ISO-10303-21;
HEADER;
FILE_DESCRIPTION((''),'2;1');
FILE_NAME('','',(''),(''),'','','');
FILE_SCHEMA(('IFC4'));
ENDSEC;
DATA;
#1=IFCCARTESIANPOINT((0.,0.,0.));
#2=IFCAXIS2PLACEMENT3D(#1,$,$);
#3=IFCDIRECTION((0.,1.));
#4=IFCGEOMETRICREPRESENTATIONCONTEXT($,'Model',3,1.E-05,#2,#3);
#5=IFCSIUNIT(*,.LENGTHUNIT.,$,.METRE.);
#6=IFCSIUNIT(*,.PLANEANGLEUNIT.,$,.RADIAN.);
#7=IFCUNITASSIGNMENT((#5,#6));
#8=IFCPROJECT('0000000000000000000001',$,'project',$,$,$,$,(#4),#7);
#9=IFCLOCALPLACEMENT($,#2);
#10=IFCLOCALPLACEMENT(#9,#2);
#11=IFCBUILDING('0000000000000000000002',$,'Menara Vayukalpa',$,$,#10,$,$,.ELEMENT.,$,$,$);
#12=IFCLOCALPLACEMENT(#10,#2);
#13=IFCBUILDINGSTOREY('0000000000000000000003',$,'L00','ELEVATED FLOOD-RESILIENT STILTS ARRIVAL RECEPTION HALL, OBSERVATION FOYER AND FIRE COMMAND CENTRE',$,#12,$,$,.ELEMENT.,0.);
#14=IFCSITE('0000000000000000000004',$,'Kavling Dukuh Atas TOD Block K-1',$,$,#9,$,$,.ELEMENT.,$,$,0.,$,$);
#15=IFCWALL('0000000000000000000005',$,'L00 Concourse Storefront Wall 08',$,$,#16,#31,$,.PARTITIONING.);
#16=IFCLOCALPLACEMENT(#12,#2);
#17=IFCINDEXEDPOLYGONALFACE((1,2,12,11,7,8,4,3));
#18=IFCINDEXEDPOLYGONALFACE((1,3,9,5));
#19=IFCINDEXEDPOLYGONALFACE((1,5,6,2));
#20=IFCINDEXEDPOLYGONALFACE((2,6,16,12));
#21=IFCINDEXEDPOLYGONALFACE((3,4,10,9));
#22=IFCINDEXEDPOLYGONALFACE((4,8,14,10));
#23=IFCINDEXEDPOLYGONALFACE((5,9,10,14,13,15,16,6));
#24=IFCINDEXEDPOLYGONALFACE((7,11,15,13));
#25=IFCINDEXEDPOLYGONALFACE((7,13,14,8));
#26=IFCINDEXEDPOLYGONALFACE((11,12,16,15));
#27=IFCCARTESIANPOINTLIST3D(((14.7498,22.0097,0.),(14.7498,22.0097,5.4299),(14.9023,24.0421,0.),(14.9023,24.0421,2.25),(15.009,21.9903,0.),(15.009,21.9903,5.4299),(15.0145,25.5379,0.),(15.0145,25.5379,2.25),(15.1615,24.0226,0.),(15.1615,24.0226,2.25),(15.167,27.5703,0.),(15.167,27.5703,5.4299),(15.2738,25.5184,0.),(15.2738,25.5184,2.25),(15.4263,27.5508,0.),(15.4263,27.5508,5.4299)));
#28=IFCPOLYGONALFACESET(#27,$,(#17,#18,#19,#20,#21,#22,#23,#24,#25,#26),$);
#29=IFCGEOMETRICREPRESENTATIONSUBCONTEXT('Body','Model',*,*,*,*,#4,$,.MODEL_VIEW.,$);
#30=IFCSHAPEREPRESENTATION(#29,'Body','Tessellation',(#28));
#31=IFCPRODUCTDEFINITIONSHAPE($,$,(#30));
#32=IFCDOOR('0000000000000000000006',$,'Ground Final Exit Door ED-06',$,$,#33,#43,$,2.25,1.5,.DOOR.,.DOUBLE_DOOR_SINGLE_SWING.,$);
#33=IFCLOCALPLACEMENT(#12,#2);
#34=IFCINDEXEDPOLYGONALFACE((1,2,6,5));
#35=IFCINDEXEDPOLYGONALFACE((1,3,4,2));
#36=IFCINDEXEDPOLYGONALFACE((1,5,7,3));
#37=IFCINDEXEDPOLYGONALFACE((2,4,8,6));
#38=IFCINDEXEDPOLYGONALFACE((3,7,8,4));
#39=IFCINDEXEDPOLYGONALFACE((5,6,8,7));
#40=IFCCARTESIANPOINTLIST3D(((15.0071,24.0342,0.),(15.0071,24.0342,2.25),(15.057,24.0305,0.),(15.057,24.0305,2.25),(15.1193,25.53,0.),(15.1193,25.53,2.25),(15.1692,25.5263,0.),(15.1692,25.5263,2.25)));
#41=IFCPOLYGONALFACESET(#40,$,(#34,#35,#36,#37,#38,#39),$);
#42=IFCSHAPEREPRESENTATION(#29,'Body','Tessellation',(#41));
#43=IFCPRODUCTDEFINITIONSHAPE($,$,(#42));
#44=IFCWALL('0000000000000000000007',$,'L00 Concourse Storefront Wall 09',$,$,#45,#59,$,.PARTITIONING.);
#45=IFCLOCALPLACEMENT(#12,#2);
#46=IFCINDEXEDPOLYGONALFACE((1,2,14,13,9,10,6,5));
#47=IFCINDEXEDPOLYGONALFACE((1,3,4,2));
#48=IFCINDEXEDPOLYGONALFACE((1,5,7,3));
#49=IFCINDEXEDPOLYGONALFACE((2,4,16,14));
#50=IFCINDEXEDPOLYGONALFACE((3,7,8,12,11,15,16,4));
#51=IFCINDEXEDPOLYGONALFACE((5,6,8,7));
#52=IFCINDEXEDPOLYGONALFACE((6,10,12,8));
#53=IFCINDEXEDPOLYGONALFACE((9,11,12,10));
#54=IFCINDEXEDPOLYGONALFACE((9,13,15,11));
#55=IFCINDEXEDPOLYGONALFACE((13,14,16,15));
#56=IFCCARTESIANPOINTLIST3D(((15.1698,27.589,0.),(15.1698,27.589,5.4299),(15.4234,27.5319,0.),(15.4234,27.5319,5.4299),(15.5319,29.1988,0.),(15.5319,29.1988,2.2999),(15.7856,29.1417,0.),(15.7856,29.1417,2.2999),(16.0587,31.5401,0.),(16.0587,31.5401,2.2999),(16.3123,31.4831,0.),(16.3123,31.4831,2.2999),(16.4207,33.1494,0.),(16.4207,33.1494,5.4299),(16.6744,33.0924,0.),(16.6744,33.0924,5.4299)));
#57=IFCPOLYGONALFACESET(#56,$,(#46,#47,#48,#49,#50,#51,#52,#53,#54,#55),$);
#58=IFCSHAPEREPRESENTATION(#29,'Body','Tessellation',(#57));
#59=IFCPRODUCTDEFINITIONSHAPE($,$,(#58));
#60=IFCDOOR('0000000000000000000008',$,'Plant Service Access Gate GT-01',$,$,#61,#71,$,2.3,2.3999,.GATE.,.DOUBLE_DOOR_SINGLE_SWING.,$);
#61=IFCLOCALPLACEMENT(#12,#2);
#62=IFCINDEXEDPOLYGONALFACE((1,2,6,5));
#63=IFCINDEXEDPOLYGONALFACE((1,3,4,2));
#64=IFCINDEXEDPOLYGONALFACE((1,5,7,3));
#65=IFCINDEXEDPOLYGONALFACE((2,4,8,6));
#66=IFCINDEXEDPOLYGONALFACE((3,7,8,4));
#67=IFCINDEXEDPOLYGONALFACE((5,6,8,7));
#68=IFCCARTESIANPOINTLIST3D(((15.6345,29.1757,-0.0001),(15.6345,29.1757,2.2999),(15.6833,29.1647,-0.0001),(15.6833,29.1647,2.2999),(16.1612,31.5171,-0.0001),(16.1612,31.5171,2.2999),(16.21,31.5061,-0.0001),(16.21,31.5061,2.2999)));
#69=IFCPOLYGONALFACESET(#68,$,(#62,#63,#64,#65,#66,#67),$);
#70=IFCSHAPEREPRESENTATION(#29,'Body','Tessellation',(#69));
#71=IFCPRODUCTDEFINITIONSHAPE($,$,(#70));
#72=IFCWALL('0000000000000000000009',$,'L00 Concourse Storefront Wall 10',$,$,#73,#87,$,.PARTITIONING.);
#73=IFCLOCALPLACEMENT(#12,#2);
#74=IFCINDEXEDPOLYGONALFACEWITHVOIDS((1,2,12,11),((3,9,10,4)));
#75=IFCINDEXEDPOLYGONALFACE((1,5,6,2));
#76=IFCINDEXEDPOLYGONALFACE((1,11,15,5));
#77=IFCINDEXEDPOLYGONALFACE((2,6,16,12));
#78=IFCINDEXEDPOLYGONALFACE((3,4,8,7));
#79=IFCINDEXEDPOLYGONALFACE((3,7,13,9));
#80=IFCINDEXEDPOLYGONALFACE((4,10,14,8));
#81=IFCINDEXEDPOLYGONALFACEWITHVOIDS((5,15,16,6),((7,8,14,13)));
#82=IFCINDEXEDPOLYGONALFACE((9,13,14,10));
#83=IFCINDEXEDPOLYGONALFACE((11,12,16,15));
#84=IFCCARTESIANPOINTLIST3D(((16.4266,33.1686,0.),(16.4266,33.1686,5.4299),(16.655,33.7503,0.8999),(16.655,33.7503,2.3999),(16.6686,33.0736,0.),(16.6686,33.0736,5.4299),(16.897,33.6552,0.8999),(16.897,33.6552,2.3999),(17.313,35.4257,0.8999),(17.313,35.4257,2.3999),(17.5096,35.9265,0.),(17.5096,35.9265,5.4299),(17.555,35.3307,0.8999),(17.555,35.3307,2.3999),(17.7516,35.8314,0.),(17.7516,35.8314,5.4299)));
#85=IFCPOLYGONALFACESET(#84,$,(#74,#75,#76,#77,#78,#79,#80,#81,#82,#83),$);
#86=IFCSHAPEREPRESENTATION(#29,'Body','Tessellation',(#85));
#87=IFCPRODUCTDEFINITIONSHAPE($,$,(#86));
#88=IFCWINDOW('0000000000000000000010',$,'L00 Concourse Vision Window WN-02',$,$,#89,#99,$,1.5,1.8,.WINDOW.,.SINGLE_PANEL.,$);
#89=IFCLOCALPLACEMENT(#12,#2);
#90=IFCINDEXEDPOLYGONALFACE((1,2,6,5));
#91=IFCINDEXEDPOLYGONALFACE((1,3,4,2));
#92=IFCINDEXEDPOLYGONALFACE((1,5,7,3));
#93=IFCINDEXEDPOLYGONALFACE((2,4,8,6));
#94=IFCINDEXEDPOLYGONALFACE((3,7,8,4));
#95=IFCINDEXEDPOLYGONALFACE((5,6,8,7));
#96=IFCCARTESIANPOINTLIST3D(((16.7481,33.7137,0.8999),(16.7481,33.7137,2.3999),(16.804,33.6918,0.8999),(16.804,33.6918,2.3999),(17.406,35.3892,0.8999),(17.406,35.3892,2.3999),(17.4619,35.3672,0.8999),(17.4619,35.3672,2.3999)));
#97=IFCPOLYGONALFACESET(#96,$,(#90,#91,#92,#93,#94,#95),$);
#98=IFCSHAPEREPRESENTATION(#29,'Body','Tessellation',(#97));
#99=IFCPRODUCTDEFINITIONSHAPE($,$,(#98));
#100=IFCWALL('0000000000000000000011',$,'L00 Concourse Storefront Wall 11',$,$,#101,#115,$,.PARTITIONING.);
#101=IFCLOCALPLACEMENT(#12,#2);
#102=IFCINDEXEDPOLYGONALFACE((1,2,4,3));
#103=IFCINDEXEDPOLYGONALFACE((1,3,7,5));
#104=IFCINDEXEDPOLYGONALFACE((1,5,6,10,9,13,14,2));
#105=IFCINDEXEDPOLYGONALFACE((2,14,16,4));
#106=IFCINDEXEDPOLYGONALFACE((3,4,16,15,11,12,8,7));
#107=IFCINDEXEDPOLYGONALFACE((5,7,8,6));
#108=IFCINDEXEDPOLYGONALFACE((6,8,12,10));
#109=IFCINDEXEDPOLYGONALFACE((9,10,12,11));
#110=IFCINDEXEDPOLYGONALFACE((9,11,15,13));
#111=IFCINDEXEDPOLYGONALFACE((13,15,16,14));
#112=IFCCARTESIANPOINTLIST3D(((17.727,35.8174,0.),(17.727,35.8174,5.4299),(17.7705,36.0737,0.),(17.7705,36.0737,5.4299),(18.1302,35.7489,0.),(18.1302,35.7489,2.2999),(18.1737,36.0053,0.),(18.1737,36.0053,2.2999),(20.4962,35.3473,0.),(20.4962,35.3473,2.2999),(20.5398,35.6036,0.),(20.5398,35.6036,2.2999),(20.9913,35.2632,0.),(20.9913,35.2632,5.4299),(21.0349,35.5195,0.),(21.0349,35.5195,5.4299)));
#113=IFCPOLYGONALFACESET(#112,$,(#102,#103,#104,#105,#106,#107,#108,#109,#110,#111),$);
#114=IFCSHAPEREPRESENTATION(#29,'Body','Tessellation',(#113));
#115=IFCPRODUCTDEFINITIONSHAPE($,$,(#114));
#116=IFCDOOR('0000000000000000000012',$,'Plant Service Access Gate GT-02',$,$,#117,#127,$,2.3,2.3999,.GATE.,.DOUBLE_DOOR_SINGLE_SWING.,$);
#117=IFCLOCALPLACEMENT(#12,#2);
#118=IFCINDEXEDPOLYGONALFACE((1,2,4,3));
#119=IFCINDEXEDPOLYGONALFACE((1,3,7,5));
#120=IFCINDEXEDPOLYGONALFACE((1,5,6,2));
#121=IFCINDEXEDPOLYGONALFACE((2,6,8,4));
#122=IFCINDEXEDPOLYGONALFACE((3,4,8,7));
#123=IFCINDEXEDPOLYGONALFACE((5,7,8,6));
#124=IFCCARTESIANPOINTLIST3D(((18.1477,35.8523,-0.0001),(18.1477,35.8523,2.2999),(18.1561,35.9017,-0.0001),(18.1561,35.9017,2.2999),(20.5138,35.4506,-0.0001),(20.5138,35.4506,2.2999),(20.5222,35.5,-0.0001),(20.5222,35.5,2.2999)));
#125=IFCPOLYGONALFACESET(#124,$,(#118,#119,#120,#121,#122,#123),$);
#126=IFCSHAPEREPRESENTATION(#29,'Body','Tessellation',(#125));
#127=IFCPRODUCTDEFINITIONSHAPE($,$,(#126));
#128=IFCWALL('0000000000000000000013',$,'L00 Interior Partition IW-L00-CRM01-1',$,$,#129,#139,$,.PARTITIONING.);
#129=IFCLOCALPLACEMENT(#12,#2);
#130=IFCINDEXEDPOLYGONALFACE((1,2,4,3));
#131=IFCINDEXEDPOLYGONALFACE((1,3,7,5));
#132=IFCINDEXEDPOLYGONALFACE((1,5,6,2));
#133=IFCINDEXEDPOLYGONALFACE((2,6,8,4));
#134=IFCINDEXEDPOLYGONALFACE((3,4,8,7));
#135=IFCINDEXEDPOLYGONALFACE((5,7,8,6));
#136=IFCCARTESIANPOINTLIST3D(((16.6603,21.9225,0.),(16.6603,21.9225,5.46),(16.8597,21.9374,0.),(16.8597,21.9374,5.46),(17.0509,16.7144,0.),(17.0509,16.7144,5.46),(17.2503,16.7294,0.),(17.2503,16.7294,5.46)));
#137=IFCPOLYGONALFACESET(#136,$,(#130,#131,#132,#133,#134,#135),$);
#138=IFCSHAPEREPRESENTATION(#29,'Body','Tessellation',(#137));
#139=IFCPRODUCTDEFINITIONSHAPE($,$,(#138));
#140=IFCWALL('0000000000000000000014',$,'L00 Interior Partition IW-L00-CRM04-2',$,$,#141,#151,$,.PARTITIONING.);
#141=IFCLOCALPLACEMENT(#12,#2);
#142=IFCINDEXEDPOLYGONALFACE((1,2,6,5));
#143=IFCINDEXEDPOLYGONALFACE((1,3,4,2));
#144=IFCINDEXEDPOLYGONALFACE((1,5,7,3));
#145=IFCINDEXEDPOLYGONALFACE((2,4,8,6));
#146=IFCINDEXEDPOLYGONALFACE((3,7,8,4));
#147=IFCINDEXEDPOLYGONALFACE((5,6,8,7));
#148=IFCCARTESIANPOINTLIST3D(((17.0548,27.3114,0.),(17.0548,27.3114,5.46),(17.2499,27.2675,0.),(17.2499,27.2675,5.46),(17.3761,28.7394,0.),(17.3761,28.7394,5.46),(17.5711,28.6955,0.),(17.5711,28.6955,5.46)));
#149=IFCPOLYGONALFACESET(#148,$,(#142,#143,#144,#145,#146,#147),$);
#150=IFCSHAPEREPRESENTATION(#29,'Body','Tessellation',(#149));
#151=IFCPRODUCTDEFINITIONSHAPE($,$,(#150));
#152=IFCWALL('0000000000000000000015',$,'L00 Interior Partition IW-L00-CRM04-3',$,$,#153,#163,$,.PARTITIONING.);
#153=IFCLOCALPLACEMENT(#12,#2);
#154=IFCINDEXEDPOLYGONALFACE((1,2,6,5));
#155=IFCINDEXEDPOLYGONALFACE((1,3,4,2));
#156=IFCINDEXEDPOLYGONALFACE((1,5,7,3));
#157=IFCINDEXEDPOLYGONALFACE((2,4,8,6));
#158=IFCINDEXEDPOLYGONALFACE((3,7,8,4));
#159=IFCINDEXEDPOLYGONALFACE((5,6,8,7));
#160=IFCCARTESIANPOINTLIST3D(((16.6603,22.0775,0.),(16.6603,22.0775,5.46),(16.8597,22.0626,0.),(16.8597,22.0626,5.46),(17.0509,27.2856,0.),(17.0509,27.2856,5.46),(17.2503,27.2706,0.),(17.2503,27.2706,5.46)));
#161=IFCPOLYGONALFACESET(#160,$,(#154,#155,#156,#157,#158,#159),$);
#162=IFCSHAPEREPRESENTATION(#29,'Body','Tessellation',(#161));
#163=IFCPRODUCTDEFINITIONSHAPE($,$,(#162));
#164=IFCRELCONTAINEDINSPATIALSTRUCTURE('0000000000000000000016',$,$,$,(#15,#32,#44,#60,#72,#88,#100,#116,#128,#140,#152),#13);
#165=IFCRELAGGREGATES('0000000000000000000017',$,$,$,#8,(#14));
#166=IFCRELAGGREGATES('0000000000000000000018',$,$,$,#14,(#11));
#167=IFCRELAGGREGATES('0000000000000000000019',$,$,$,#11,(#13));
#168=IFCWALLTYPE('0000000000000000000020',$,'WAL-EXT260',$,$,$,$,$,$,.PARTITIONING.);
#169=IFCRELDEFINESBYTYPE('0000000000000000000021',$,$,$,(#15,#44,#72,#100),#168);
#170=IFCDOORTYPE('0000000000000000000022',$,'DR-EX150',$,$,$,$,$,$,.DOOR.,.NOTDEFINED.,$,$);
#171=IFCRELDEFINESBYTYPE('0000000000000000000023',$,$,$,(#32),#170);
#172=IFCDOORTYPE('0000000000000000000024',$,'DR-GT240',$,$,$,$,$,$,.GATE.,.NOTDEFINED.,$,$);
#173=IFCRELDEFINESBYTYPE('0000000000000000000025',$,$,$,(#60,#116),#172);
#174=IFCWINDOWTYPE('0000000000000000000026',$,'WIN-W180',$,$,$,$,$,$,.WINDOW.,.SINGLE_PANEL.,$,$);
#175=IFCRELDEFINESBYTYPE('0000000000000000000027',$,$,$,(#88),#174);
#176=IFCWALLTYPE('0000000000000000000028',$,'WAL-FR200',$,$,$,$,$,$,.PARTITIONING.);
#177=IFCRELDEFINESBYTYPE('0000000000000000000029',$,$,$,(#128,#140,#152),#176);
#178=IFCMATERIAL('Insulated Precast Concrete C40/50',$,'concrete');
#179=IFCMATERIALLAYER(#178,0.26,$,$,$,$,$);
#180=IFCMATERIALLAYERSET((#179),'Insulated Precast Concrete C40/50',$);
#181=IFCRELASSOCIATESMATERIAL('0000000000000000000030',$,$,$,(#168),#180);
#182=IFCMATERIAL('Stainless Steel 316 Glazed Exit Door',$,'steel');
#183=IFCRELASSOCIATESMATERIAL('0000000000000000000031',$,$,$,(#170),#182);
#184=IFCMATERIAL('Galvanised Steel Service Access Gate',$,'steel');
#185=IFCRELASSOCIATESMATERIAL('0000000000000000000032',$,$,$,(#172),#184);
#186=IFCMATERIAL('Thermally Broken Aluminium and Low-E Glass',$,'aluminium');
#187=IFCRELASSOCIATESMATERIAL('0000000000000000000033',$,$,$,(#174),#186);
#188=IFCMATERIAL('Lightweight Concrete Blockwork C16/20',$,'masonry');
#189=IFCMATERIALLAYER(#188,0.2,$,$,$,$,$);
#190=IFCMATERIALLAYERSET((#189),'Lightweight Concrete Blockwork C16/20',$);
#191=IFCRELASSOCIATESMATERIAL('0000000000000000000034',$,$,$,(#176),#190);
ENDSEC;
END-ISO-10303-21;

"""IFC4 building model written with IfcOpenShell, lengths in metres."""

from ifc_helpers import new_model, si_unit, direction, frame, frame_2d, origin, place, context, subcontext, project, spatial, rectangle, extrude, material, layer, layer_set, type_object, element, fill, save


model = new_model("IFC4")

# Units and contexts
model_context = context("Model", 3, precision=1e-05, world=origin(), true_north=direction((0.0, 1.0)))
body_context = subcontext(model_context, "Body", "Model", "MODEL_VIEW")
ifc_project = project(units=[si_unit("LENGTHUNIT", "METRE"), si_unit("PLANEANGLEUNIT", "RADIAN")], contexts=[model_context])

# Site, building, storey
site_placement = place(None, origin())
site = spatial("IfcSite", under=ifc_project, at=site_placement, Name="Kavling Dukuh Atas TOD Block K-1", CompositionType="ELEMENT", RefElevation=0.0)
building_placement = place(site_placement, origin())
building = spatial("IfcBuilding", under=site, at=building_placement, Name="Menara Vayukalpa", CompositionType="ELEMENT")
storey_placement = place(building_placement, origin())
storey = spatial("IfcBuildingStorey", under=building, at=storey_placement, Name="L00", Description="ELEVATED FLOOD-RESILIENT STILTS ARRIVAL RECEPTION HALL, OBSERVATION FOYER AND FIRE COMMAND CENTRE", CompositionType="ELEMENT", Elevation=0.0)

# Walls, openings, doors
ifc_material_1 = material(Name="Insulated Precast Concrete C40/50", Category="concrete")
ifc_layer_1 = layer(ifc_material_1, 0.26)
ifc_layer_set_1 = layer_set([ifc_layer_1], Name="Insulated Precast Concrete C40/50")
wall_type_1 = type_object("IfcWallType", Name="WAL-EXT260", PredefinedType="PARTITIONING", material=ifc_layer_set_1)
wall_1_placement = place(storey_placement, frame((14.8794, 22.0, 0.0), z_axis=(0.0, 0.0, 1.0), x_axis=(0.074825, 0.997197, 0.0)))
wall_1 = element("IfcWall", 1, at=wall_1_placement, inside=storey, type_object=wall_type_1, Name="L00 Concourse Storefront Wall 08", PredefinedType="PARTITIONING", context=body_context, shape_type="SweptSolid", body=[
    extrude(rectangle(XDim=5.5762, YDim=0.26, at=frame_2d((2.7881, 0.0))), origin(), (0.0, 0.0, 1.0), 5.4299),
])
opening_1_placement = place(wall_1_placement, frame((2.0381, 0.0, 0.0)))
opening_1 = element("IfcOpeningElement", 2, at=opening_1_placement, cuts=wall_1, PredefinedType="OPENING", context=body_context, shape_type="SweptSolid", body=[
    extrude(rectangle(XDim=1.5, YDim=2.25, at=frame_2d((0.75, 1.125))), frame((0.0, 0.1399, 0.0), z_axis=(0.0, -1.0, 0.0), x_axis=(1.0, 0.0, 0.0)), (0.0, 0.0, 1.0), 0.28),
])
ifc_material_2 = material(Name="Stainless Steel 316 Glazed Exit Door", Category="steel")
door_type_1 = type_object("IfcDoorType", Name="DR-EX150", OperationType="NOTDEFINED", PredefinedType="DOOR", material=ifc_material_2)
door_1_placement = place(opening_1_placement, origin())
door_1 = element("IfcDoor", 3, at=door_1_placement, inside=storey, type_object=door_type_1, Name="Ground Final Exit Door ED-06", OperationType="DOUBLE_DOOR_SINGLE_SWING", OverallHeight=2.25, OverallWidth=1.5, PredefinedType="DOOR", context=body_context, shape_type="SweptSolid", body=[
    extrude(rectangle(XDim=1.5, YDim=2.25, at=frame_2d((0.75, 1.125))), frame((0.0, 0.0249, 0.0), z_axis=(0.0, -1.0, 0.0), x_axis=(1.0, 0.0, 0.0)), (0.0, 0.0, 1.0), 0.05),
])
fill(opening_1, door_1)
wall_2_placement = place(storey_placement, frame((15.2966, 27.5605, 0.0), z_axis=(0.0, 0.0, 1.0), x_axis=(0.219488, 0.975615, 0.0)))
wall_2 = element("IfcWall", 4, at=wall_2_placement, inside=storey, type_object=wall_type_1, Name="L00 Concourse Storefront Wall 09", PredefinedType="PARTITIONING", context=body_context, shape_type="SweptSolid", body=[
    extrude(rectangle(XDim=5.6995, YDim=0.26, at=frame_2d((2.8496, 0.0))), origin(), (0.0, 0.0, 1.0), 5.4299),
])
opening_2_placement = place(wall_2_placement, frame((1.6499, 0.0, 0.0)))
opening_2 = element("IfcOpeningElement", 5, at=opening_2_placement, cuts=wall_2, PredefinedType="OPENING", context=body_context, shape_type="SweptSolid", body=[
    extrude(rectangle(XDim=2.3999, YDim=2.3, at=frame_2d((1.2, 1.1499))), frame((0.0, 0.1399, 0.0), z_axis=(0.0, -1.0, 0.0), x_axis=(1.0, 0.0, 0.0)), (0.0, 0.0, 1.0), 0.28),
])
ifc_material_3 = material(Name="Galvanised Steel Service Access Gate", Category="steel")
door_type_2 = type_object("IfcDoorType", Name="DR-GT240", OperationType="NOTDEFINED", PredefinedType="GATE", material=ifc_material_3)
door_2_placement = place(opening_2_placement, origin())
door_2 = element("IfcDoor", 6, at=door_2_placement, inside=storey, type_object=door_type_2, Name="Plant Service Access Gate GT-01", OperationType="DOUBLE_DOOR_SINGLE_SWING", OverallHeight=2.3, OverallWidth=2.3999, PredefinedType="GATE", context=body_context, shape_type="SweptSolid", body=[
    extrude(rectangle(XDim=2.3999, YDim=2.3, at=frame_2d((1.2, 1.1499))), frame((0.0, 0.0249, 0.0), z_axis=(0.0, -1.0, 0.0), x_axis=(1.0, 0.0, 0.0)), (0.0, 0.0, 1.0), 0.05),
])
fill(opening_2, door_2)

# Wall, opening, window
wall_3_placement = place(storey_placement, frame((16.5476, 33.1211, 0.0), z_axis=(0.0, 0.0, 1.0), x_axis=(0.36553, 0.9308, 0.0)))
wall_3 = element("IfcWall", 7, at=wall_3_placement, inside=storey, type_object=wall_type_1, Name="L00 Concourse Storefront Wall 10", PredefinedType="PARTITIONING", context=body_context, shape_type="SweptSolid", body=[
    extrude(rectangle(XDim=2.9629, YDim=0.26, at=frame_2d((1.4814, 0.0))), origin(), (0.0, 0.0, 1.0), 5.4299),
])
opening_3_placement = place(wall_3_placement, frame((0.625, 0.0, 0.8999)))
opening_3 = element("IfcOpeningElement", 8, at=opening_3_placement, cuts=wall_3, PredefinedType="OPENING", context=body_context, shape_type="SweptSolid", body=[
    extrude(rectangle(XDim=1.8, YDim=1.5, at=frame_2d((0.8999, 0.75))), frame((0.0, 0.1399, 0.0), z_axis=(0.0, -1.0, 0.0), x_axis=(1.0, 0.0, 0.0)), (0.0, 0.0, 1.0), 0.28),
])
ifc_material_4 = material(Name="Thermally Broken Aluminium and Low-E Glass", Category="aluminium")
window_type = type_object("IfcWindowType", Name="WIN-W180", PartitioningType="SINGLE_PANEL", PredefinedType="WINDOW", material=ifc_material_4)
window_placement = place(opening_3_placement, origin())
window = element("IfcWindow", 9, at=window_placement, inside=storey, type_object=window_type, Name="L00 Concourse Vision Window WN-02", OverallHeight=1.5, OverallWidth=1.8, PartitioningType="SINGLE_PANEL", PredefinedType="WINDOW", context=body_context, shape_type="SweptSolid", body=[
    extrude(rectangle(XDim=1.8, YDim=1.5, at=frame_2d((0.8999, 0.75))), frame((0.0, 0.03, 0.0), z_axis=(0.0, -1.0, 0.0), x_axis=(1.0, 0.0, 0.0)), (0.0, 0.0, 1.0), 0.0601),
])
fill(opening_3, window)

# Wall, opening, door
wall_4_placement = place(storey_placement, frame((17.7488, 35.9456, 0.0), z_axis=(0.0, 0.0, 1.0), x_axis=(0.985893, -0.167375, 0.0)))
wall_4 = element("IfcWall", 10, at=wall_4_placement, inside=storey, type_object=wall_type_1, Name="L00 Concourse Storefront Wall 11", PredefinedType="PARTITIONING", context=body_context, shape_type="SweptSolid", body=[
    extrude(rectangle(XDim=3.311, YDim=0.26, at=frame_2d((1.6555, 0.0))), origin(), (0.0, 0.0, 1.0), 5.4299),
])
opening_4_placement = place(wall_4_placement, frame((0.4089, 0.0, 0.0)))
opening_4 = element("IfcOpeningElement", 11, at=opening_4_placement, cuts=wall_4, PredefinedType="OPENING", context=body_context, shape_type="SweptSolid", body=[
    extrude(rectangle(XDim=2.3999, YDim=2.3, at=frame_2d((1.2, 1.1499))), frame((0.0, 0.1399, 0.0), z_axis=(0.0, -1.0, 0.0), x_axis=(1.0, 0.0, 0.0)), (0.0, 0.0, 1.0), 0.28),
])
door_3_placement = place(opening_4_placement, origin())
door_3 = element("IfcDoor", 12, at=door_3_placement, inside=storey, type_object=door_type_2, Name="Plant Service Access Gate GT-02", OperationType="DOUBLE_DOOR_SINGLE_SWING", OverallHeight=2.3, OverallWidth=2.3999, PredefinedType="GATE", context=body_context, shape_type="SweptSolid", body=[
    extrude(rectangle(XDim=2.3999, YDim=2.3, at=frame_2d((1.2, 1.1499))), frame((0.0, 0.0249, 0.0), z_axis=(0.0, -1.0, 0.0), x_axis=(1.0, 0.0, 0.0)), (0.0, 0.0, 1.0), 0.05),
])
fill(opening_4, door_3)

# Walls
ifc_material_5 = material(Name="Lightweight Concrete Blockwork C16/20", Category="masonry")
ifc_layer_2 = layer(ifc_material_5, 0.2)
ifc_layer_set_2 = layer_set([ifc_layer_2], Name="Lightweight Concrete Blockwork C16/20")
wall_type_2 = type_object("IfcWallType", Name="WAL-FR200", PredefinedType="PARTITIONING", material=ifc_layer_set_2)
wall_5_placement = place(storey_placement, frame((16.76, 21.9299, 0.0), z_axis=(0.0, 0.0, 1.0), x_axis=(0.074795, -0.997199, 0.0)))
element("IfcWall", 13, at=wall_5_placement, inside=storey, type_object=wall_type_2, Name="L00 Interior Partition IW-L00-CRM01-1", PredefinedType="PARTITIONING", context=body_context, shape_type="SweptSolid", body=[
    extrude(rectangle(XDim=5.2227, YDim=0.2, at=frame_2d((2.6113, 0.0))), origin(), (0.0, 0.0, 1.0), 5.46),
])
wall_6_placement = place(storey_placement, frame((17.4736, 28.7175, 0.0), z_axis=(0.0, 0.0, 1.0), x_axis=(-0.219508, -0.975611, 0.0)))
element("IfcWall", 14, at=wall_6_placement, inside=storey, type_object=wall_type_2, Name="L00 Interior Partition IW-L00-CRM04-2", PredefinedType="PARTITIONING", context=body_context, shape_type="SweptSolid", body=[
    extrude(rectangle(XDim=1.4636, YDim=0.2, at=frame_2d((0.7319, 0.0))), origin(), (0.0, 0.0, 1.0), 5.46),
])
wall_7_placement = place(storey_placement, frame((17.1506, 27.2781, 0.0), z_axis=(0.0, 0.0, 1.0), x_axis=(-0.074795, -0.997199, 0.0)))
element("IfcWall", 15, at=wall_7_placement, inside=storey, type_object=wall_type_2, Name="L00 Interior Partition IW-L00-CRM04-3", PredefinedType="PARTITIONING", context=body_context, shape_type="SweptSolid", body=[
    extrude(rectangle(XDim=5.2227, YDim=0.2, at=frame_2d((2.6113, 0.0))), origin(), (0.0, 0.0, 1.0), 5.46),
])

save(model, "model.ifc")
